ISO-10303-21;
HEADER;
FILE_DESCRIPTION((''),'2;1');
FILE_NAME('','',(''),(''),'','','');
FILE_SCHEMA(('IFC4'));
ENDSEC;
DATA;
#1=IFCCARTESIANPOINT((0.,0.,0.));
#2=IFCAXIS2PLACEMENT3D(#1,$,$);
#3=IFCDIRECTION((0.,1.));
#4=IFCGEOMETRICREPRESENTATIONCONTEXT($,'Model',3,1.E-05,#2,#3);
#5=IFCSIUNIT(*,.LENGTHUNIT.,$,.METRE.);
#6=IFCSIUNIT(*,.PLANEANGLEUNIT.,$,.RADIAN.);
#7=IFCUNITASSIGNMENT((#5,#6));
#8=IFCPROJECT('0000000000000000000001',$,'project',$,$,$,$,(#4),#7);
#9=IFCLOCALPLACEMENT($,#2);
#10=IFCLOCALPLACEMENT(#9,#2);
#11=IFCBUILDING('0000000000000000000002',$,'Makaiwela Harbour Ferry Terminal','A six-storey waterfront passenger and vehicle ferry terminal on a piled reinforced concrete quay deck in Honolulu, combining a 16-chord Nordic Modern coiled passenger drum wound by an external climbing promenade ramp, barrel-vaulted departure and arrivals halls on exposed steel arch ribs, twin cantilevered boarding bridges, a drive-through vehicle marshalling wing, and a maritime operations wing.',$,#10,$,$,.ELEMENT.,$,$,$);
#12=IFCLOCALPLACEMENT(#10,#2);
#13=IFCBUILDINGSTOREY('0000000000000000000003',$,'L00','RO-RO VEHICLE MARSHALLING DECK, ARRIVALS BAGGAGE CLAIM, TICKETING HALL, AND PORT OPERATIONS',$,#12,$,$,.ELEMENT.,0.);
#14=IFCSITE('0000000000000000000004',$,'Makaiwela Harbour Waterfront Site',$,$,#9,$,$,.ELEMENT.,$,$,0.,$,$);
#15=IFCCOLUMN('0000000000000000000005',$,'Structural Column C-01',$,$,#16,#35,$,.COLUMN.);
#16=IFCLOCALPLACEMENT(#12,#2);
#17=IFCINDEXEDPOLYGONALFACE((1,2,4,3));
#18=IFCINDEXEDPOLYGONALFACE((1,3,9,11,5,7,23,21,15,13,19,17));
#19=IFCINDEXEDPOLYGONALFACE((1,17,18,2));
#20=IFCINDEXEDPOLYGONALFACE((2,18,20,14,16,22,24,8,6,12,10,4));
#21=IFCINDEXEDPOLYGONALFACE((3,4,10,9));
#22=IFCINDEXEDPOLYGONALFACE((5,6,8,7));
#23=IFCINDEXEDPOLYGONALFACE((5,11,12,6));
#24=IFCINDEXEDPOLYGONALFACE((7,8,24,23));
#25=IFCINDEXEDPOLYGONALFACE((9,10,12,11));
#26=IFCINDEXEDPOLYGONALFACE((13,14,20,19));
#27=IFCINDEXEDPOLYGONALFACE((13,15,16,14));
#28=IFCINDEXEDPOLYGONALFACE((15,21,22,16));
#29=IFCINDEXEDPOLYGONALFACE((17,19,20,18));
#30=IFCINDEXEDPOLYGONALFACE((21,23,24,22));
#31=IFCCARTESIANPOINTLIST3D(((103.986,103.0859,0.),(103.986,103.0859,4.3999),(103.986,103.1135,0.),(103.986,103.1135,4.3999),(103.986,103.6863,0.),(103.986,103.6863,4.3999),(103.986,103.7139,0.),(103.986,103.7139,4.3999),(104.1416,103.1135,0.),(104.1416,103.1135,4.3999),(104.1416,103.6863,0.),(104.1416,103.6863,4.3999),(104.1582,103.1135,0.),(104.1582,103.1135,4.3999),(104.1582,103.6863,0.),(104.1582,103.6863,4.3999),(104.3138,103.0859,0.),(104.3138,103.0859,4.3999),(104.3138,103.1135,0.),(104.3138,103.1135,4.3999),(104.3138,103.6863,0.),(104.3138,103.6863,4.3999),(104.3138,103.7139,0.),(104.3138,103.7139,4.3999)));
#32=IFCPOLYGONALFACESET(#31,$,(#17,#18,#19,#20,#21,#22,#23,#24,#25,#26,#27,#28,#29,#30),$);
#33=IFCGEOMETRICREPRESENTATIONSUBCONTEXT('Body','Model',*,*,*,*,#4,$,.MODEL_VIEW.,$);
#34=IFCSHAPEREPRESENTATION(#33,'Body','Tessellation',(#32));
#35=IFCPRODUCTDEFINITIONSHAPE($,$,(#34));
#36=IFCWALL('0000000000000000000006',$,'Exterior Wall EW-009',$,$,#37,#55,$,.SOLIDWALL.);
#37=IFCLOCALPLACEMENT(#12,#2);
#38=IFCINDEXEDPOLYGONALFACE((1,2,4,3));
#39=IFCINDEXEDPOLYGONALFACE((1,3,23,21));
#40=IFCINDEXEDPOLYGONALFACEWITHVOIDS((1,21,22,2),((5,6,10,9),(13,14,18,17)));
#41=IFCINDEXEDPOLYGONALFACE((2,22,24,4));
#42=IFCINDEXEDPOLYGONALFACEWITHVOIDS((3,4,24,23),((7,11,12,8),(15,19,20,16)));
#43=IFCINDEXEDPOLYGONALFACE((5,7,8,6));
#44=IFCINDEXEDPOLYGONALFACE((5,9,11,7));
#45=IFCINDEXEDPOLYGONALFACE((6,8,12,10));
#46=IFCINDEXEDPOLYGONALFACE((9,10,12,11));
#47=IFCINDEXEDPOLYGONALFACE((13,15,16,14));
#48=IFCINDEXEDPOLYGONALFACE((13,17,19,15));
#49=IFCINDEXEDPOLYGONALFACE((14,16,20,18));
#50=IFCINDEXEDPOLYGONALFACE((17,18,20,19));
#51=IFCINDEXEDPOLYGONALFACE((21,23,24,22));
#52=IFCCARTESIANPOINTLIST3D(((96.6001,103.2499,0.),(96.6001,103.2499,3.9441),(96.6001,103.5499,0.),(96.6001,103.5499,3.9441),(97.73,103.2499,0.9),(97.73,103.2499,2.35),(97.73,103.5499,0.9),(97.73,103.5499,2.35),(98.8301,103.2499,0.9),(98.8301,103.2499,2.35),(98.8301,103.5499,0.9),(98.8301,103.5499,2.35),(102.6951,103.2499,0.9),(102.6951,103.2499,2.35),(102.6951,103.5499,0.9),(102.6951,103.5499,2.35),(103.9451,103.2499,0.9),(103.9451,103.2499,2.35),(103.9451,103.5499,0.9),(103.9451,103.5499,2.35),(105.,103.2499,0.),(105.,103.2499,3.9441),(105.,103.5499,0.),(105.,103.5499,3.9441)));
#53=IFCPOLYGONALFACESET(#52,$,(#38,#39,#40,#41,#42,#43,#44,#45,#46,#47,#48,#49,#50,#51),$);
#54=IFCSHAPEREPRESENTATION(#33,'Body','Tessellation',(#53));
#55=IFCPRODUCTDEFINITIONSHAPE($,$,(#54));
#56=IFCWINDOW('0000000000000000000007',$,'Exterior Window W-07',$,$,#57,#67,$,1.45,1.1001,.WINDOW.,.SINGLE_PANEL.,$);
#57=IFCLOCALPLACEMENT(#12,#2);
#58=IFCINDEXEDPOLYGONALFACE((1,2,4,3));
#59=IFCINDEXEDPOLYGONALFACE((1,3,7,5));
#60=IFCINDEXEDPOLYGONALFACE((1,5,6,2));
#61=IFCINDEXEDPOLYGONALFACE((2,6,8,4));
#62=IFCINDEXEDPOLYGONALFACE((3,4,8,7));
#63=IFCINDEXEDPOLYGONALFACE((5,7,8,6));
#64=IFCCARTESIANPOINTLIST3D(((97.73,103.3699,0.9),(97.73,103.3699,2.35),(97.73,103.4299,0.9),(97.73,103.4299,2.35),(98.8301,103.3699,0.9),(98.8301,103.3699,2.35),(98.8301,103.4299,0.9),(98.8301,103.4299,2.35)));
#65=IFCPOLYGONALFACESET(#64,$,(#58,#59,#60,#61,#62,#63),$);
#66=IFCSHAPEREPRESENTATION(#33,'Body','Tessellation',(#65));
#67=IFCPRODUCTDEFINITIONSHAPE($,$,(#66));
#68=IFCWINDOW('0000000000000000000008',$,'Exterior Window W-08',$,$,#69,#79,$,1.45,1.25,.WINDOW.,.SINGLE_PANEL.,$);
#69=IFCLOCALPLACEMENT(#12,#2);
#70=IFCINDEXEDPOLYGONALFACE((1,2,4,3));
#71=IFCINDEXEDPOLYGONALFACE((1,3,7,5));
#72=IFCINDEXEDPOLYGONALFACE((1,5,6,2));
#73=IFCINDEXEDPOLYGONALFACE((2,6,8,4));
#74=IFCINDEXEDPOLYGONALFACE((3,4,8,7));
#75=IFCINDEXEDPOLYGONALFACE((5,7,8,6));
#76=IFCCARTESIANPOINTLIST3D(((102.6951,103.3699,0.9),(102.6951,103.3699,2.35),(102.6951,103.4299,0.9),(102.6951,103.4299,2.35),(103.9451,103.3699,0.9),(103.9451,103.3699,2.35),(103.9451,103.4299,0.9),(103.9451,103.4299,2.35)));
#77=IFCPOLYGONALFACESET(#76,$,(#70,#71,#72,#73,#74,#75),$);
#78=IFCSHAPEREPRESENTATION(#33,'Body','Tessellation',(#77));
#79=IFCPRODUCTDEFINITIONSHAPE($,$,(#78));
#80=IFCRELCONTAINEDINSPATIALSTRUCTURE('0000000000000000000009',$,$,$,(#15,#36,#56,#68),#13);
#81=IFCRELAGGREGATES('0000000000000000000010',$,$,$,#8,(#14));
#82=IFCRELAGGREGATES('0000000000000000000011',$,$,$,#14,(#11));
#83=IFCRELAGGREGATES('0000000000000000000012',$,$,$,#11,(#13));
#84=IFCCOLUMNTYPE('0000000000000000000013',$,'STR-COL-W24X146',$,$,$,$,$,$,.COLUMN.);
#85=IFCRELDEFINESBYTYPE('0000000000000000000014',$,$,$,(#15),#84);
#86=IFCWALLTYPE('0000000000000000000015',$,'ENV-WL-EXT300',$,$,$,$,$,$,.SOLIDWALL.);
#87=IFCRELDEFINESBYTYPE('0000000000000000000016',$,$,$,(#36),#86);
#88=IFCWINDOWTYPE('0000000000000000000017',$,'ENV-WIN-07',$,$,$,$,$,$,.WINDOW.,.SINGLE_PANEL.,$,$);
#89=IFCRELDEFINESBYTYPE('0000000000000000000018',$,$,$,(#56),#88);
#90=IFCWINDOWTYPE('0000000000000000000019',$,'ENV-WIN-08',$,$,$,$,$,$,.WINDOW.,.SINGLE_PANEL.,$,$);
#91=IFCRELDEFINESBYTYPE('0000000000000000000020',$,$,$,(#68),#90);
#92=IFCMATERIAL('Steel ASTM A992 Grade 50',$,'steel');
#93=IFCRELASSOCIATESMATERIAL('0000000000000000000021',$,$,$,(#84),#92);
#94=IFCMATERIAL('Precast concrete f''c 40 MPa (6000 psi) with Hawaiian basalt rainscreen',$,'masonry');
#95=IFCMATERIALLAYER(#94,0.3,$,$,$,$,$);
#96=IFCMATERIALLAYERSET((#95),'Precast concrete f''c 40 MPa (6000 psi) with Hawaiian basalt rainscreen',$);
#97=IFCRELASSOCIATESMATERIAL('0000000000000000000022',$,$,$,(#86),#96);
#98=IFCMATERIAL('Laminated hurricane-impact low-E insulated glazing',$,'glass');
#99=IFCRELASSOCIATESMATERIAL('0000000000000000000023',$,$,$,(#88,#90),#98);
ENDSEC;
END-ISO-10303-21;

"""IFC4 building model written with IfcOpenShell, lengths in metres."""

from ifc_helpers import new_model, si_unit, direction, frame, frame_2d, origin, origin_2d, place, context, subcontext, project, spatial, rectangle, i_section, extrude, material, layer, layer_set, material_profile, profile_set, type_object, element, fill, save


model = new_model("IFC4")

# Units and contexts
model_context = context("Model", 3, precision=1e-05, world=origin(), true_north=direction((0.0, 1.0)))
body_context = subcontext(model_context, "Body", "Model", "MODEL_VIEW")
ifc_project = project(units=[si_unit("LENGTHUNIT", "METRE"), si_unit("PLANEANGLEUNIT", "RADIAN")], contexts=[model_context])

# Site, building, storey
site_placement = place(None, origin())
site = spatial("IfcSite", under=ifc_project, at=site_placement, Name="Makaiwela Harbour Waterfront Site", CompositionType="ELEMENT", RefElevation=0.0)
building_placement = place(site_placement, origin())
building = spatial("IfcBuilding", under=site, at=building_placement, Name="Makaiwela Harbour Ferry Terminal", Description="A six-storey waterfront passenger and vehicle ferry terminal on a piled reinforced concrete quay deck in Honolulu, combining a 16-chord Nordic Modern coiled passenger drum wound by an external climbing promenade ramp, barrel-vaulted departure and arrivals halls on exposed steel arch ribs, twin cantilevered boarding bridges, a drive-through vehicle marshalling wing, and a maritime operations wing.", CompositionType="ELEMENT")
storey_placement = place(building_placement, origin())
storey = spatial("IfcBuildingStorey", under=building, at=storey_placement, Name="L00", Description="RO-RO VEHICLE MARSHALLING DECK, ARRIVALS BAGGAGE CLAIM, TICKETING HALL, AND PORT OPERATIONS", CompositionType="ELEMENT", Elevation=0.0)

# Column
ifc_material_1 = material(Name="Steel ASTM A992 Grade 50", Category="steel")
ifc_material_profile_1 = material_profile(ifc_material_1, i_section(OverallWidth=0.3279, OverallDepth=0.6279, WebThickness=0.0166, FlangeThickness=0.0276, at=origin_2d()), Name="W24X146")
ifc_profile_set_1 = profile_set([ifc_material_profile_1], Name="Steel ASTM A992 Grade 50")
column_type_1 = type_object("IfcColumnType", Name="STR-COL-W24X146", PredefinedType="COLUMN", material=ifc_profile_set_1)
column_1_placement = place(storey_placement, frame((104.1499, 103.3999, 0.0), z_axis=(0.0, 0.0, 1.0), x_axis=(1.0, 0.0, 0.0)))
element("IfcColumn", 1, at=column_1_placement, inside=storey, type_object=column_type_1, Name="Structural Column C-01", PredefinedType="COLUMN", context=body_context, shape_type="SweptSolid", body=[
    extrude(i_section(OverallWidth=0.3279, OverallDepth=0.6279, WebThickness=0.0166, FlangeThickness=0.0276, at=origin_2d()), origin(), (0.0, 0.0, 1.0), 4.3999),
])

# Wall, openings, windows
ifc_material_2 = material(Name="Precast concrete f'c 40 MPa (6000 psi) with Hawaiian basalt rainscreen", Category="masonry")
ifc_layer_1 = layer(ifc_material_2, 0.3)
ifc_layer_set_1 = layer_set([ifc_layer_1], Name="Precast concrete f'c 40 MPa (6000 psi) with Hawaiian basalt rainscreen")
wall_type = type_object("IfcWallType", Name="ENV-WL-EXT300", PredefinedType="SOLIDWALL", material=ifc_layer_set_1)
wall_1_placement = place(storey_placement, frame((96.6001, 103.3999, 0.0), z_axis=(0.0, 0.0, 1.0), x_axis=(1.0, 0.0, 0.0)))
wall_1 = element("IfcWall", 2, at=wall_1_placement, inside=storey, type_object=wall_type, Name="Exterior Wall EW-009", PredefinedType="SOLIDWALL", context=body_context, shape_type="SweptSolid", body=[
    extrude(rectangle(XDim=8.3999, YDim=0.3, at=frame_2d((4.2, 0.0))), origin(), (0.0, 0.0, 1.0), 3.9441),
])
opening_1_placement = place(wall_1_placement, frame((1.1299, 0.0, 0.8999)))
opening_1 = element("IfcOpeningElement", 3, at=opening_1_placement, cuts=wall_1, PredefinedType="OPENING", context=body_context, shape_type="SweptSolid", body=[
    extrude(rectangle(XDim=1.1001, YDim=1.45, at=frame_2d((0.55, 0.7251))), frame((0.0, 0.1599, 0.0), z_axis=(0.0, -1.0, 0.0), x_axis=(1.0, 0.0, 0.0)), (0.0, 0.0, 1.0), 0.3201),
])
opening_2_placement = place(wall_1_placement, frame((6.095, 0.0, 0.8999)))
opening_2 = element("IfcOpeningElement", 4, at=opening_2_placement, cuts=wall_1, PredefinedType="OPENING", context=body_context, shape_type="SweptSolid", body=[
    extrude(rectangle(XDim=1.25, YDim=1.45, at=frame_2d((0.625, 0.7251))), frame((0.0, 0.1599, 0.0), z_axis=(0.0, -1.0, 0.0), x_axis=(1.0, 0.0, 0.0)), (0.0, 0.0, 1.0), 0.3201),
])
ifc_material_3 = material(Name="Laminated hurricane-impact low-E insulated glazing", Category="glass")
window_type_1 = type_object("IfcWindowType", Name="ENV-WIN-07", PartitioningType="SINGLE_PANEL", PredefinedType="WINDOW", material=ifc_material_3)
window_1_placement = place(opening_1_placement, origin())
window_1 = element("IfcWindow", 5, at=window_1_placement, inside=storey, type_object=window_type_1, Name="Exterior Window W-07", OverallHeight=1.45, OverallWidth=1.1001, PartitioningType="SINGLE_PANEL", PredefinedType="WINDOW", context=body_context, shape_type="SweptSolid", body=[
    extrude(rectangle(XDim=1.1001, YDim=1.45, at=frame_2d((0.55, 0.7251))), frame((0.0, 0.03, 0.0), z_axis=(0.0, -1.0, 0.0), x_axis=(1.0, 0.0, 0.0)), (0.0, 0.0, 1.0), 0.0601),
])
fill(opening_1, window_1)
window_type_2 = type_object("IfcWindowType", Name="ENV-WIN-08", PartitioningType="SINGLE_PANEL", PredefinedType="WINDOW", material=ifc_material_3)
window_2_placement = place(opening_2_placement, origin())
window_2 = element("IfcWindow", 6, at=window_2_placement, inside=storey, type_object=window_type_2, Name="Exterior Window W-08", OverallHeight=1.45, OverallWidth=1.25, PartitioningType="SINGLE_PANEL", PredefinedType="WINDOW", context=body_context, shape_type="SweptSolid", body=[
    extrude(rectangle(XDim=1.25, YDim=1.45, at=frame_2d((0.625, 0.7251))), frame((0.0, 0.03, 0.0), z_axis=(0.0, -1.0, 0.0), x_axis=(1.0, 0.0, 0.0)), (0.0, 0.0, 1.0), 0.0601),
])
fill(opening_2, window_2)

save(model, "model.ifc")
